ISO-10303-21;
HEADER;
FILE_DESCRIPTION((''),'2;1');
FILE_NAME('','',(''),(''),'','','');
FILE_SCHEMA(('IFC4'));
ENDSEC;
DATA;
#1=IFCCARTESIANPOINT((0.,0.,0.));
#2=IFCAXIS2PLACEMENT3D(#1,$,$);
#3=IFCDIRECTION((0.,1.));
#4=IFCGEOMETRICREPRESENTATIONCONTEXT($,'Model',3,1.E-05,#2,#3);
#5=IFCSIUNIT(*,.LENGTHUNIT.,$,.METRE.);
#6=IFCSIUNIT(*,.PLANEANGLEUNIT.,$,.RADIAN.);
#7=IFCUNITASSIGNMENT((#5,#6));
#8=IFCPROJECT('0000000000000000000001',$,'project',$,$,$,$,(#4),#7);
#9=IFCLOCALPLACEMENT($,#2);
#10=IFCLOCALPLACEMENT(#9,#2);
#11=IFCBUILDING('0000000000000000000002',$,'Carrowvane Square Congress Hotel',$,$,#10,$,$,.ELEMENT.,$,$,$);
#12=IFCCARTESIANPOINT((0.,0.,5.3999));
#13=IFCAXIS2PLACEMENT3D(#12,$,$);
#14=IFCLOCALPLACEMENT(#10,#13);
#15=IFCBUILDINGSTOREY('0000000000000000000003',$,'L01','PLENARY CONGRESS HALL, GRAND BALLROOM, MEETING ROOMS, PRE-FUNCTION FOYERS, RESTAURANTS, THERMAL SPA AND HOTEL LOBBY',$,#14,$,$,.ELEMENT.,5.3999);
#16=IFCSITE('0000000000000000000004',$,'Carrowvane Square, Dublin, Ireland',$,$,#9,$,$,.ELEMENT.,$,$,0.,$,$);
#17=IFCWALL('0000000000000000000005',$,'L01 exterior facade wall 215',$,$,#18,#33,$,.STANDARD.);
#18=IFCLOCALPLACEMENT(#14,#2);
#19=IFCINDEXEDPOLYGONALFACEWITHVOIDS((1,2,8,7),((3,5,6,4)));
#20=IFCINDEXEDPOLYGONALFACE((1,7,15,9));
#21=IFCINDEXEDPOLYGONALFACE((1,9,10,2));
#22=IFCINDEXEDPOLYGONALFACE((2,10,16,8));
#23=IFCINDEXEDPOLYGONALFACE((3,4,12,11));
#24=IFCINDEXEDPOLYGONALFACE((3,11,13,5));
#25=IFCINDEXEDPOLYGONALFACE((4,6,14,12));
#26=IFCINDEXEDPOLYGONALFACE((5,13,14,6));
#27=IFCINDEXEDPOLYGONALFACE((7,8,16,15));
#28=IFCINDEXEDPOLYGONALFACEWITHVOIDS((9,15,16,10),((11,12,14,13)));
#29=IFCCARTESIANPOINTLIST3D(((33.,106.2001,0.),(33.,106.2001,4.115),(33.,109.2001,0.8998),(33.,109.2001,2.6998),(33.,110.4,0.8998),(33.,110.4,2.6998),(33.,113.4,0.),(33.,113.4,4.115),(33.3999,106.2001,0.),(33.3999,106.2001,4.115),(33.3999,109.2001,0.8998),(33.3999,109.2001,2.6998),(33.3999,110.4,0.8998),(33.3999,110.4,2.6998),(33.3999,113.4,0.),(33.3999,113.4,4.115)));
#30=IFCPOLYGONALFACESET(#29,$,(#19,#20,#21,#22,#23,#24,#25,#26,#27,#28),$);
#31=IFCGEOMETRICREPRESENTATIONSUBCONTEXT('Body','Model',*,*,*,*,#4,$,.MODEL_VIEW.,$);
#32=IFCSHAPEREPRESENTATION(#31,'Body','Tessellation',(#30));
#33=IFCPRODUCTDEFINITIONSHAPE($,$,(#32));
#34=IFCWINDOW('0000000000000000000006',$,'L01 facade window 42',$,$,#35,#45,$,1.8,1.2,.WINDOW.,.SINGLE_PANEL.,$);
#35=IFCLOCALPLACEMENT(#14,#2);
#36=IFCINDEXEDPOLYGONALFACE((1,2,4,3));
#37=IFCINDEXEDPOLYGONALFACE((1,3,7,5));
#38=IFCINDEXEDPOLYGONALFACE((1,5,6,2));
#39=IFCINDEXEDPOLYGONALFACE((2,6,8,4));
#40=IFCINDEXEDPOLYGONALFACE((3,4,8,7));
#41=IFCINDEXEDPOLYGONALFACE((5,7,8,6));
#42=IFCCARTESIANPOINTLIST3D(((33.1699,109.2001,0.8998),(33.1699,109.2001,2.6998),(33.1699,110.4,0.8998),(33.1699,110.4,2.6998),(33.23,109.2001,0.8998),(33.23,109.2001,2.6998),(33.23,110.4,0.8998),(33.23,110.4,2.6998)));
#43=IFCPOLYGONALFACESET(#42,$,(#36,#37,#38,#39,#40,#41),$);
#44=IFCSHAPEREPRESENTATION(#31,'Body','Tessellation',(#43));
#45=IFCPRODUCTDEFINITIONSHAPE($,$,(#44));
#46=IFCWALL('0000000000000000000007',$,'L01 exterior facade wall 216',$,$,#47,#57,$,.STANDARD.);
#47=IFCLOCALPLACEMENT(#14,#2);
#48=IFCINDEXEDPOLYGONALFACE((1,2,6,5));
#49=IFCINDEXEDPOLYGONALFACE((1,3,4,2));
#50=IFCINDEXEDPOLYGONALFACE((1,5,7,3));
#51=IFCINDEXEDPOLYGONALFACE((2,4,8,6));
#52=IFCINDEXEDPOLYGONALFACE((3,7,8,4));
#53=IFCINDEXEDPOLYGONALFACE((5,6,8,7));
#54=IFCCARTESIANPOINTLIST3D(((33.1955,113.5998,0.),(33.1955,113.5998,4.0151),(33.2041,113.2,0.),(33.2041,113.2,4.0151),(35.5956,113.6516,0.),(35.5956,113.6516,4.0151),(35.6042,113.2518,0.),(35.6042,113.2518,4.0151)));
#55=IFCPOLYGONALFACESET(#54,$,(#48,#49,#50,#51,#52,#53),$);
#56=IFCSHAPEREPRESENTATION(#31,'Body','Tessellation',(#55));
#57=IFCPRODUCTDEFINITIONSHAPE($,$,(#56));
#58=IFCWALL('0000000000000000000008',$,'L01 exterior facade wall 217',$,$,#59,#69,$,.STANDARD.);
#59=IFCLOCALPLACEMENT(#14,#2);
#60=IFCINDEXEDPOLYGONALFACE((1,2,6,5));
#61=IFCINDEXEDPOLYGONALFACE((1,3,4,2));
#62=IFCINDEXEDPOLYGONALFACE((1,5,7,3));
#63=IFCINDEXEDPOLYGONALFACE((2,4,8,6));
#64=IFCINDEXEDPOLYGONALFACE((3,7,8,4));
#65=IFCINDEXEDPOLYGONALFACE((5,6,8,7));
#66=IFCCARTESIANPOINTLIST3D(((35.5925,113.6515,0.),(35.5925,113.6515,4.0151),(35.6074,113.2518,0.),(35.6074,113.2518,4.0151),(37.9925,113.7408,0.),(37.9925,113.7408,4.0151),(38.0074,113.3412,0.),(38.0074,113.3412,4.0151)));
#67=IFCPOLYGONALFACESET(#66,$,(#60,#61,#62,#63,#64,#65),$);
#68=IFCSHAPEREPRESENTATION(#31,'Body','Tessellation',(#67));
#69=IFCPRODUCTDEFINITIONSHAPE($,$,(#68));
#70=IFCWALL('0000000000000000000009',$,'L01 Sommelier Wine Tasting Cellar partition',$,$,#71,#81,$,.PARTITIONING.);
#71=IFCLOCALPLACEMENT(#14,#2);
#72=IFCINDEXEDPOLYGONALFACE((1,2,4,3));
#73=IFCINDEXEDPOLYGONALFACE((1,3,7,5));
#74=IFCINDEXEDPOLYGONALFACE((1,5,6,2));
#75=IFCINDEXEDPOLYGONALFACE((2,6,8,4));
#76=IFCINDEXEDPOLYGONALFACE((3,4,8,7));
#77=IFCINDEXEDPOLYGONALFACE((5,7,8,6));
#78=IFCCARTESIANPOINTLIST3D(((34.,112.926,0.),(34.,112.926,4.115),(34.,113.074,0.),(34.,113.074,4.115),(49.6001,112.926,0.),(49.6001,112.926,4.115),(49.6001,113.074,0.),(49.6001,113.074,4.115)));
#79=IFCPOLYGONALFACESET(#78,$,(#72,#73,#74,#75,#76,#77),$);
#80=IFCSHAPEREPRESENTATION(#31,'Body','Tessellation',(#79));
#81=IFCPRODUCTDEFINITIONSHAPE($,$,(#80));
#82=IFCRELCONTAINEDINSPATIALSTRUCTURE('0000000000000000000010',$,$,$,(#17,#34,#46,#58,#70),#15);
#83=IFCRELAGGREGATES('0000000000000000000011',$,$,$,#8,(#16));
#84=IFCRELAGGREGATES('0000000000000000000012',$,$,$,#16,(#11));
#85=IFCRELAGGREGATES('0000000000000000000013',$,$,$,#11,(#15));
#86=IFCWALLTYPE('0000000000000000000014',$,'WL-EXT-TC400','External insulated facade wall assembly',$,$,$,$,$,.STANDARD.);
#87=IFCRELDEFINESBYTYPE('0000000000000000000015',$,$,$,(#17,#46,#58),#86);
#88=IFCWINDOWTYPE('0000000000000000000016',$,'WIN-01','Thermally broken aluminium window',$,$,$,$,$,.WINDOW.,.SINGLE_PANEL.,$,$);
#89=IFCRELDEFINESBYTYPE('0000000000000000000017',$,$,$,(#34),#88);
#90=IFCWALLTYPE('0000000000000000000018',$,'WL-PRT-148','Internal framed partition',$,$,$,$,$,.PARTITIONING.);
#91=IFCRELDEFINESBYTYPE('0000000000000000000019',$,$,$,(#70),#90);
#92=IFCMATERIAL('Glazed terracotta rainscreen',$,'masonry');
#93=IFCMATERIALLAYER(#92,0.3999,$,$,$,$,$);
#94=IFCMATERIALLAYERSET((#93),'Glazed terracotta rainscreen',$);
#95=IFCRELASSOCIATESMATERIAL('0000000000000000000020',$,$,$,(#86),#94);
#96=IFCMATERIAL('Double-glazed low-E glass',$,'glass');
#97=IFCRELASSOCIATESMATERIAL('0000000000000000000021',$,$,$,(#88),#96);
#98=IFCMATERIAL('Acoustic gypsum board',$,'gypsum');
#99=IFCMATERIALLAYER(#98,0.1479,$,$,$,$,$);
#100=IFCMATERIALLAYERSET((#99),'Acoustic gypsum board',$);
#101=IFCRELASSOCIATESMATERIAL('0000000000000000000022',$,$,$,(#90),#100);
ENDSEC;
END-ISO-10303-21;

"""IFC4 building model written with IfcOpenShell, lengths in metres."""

from ifc_helpers import new_model, si_unit, direction, frame, frame_2d, origin, place, context, subcontext, project, spatial, rectangle, extrude, material, layer, layer_set, type_object, element, fill, save


model = new_model("IFC4")

# Units and contexts
model_context = context("Model", 3, precision=1e-05, world=origin(), true_north=direction((0.0, 1.0)))
body_context = subcontext(model_context, "Body", "Model", "MODEL_VIEW")
ifc_project = project(units=[si_unit("LENGTHUNIT", "METRE"), si_unit("PLANEANGLEUNIT", "RADIAN")], contexts=[model_context])

# Site, building, storey
site_placement = place(None, origin())
site = spatial("IfcSite", under=ifc_project, at=site_placement, Name="Carrowvane Square, Dublin, Ireland", CompositionType="ELEMENT", RefElevation=0.0)
building_placement = place(site_placement, origin())
building = spatial("IfcBuilding", under=site, at=building_placement, Name="Carrowvane Square Congress Hotel", CompositionType="ELEMENT")
storey_placement = place(building_placement, frame((0.0, 0.0, 5.3999)))
storey = spatial("IfcBuildingStorey", under=building, at=storey_placement, Name="L01", Description="PLENARY CONGRESS HALL, GRAND BALLROOM, MEETING ROOMS, PRE-FUNCTION FOYERS, RESTAURANTS, THERMAL SPA AND HOTEL LOBBY", CompositionType="ELEMENT", Elevation=5.3999)

# Wall, opening, window
ifc_material_1 = material(Name="Glazed terracotta rainscreen", Category="masonry")
ifc_layer_1 = layer(ifc_material_1, 0.3999)
ifc_layer_set_1 = layer_set([ifc_layer_1], Name="Glazed terracotta rainscreen")
wall_type_1 = type_object("IfcWallType", Name="WL-EXT-TC400", Description="External insulated facade wall assembly", PredefinedType="STANDARD", material=ifc_layer_set_1)
wall_1_placement = place(storey_placement, frame((33.2, 106.2, 0.0), z_axis=(0.0, 0.0, 1.0), x_axis=(0.0, 1.0, 0.0)))
wall_1 = element("IfcWall", 1, at=wall_1_placement, inside=storey, type_object=wall_type_1, Name="L01 exterior facade wall 215", PredefinedType="STANDARD", context=body_context, shape_type="SweptSolid", body=[
    extrude(rectangle(XDim=7.2, YDim=0.3999, at=frame_2d((3.6001, 0.0))), origin(), (0.0, 0.0, 1.0), 4.115),
])
opening_placement = place(wall_1_placement, frame((3.0, 0.0, 0.8999)))
opening = element("IfcOpeningElement", 2, at=opening_placement, cuts=wall_1, PredefinedType="OPENING", context=body_context, shape_type="SweptSolid", body=[
    extrude(rectangle(XDim=1.2, YDim=1.8, at=frame_2d((0.6001, 0.8999))), frame((0.0, 0.21, 0.0), z_axis=(0.0, -1.0, 0.0), x_axis=(1.0, 0.0, 0.0)), (0.0, 0.0, 1.0), 0.4199),
])
ifc_material_2 = material(Name="Double-glazed low-E glass", Category="glass")
window_type = type_object("IfcWindowType", Name="WIN-01", Description="Thermally broken aluminium window", PartitioningType="SINGLE_PANEL", PredefinedType="WINDOW", material=ifc_material_2)
window_placement = place(opening_placement, origin())
window = element("IfcWindow", 3, at=window_placement, inside=storey, type_object=window_type, Name="L01 facade window 42", OverallHeight=1.8, OverallWidth=1.2, PartitioningType="SINGLE_PANEL", PredefinedType="WINDOW", context=body_context, shape_type="SweptSolid", body=[
    extrude(rectangle(XDim=1.2, YDim=1.8, at=frame_2d((0.6001, 0.8999))), frame((0.0, 0.03, 0.0), z_axis=(0.0, -1.0, 0.0), x_axis=(1.0, 0.0, 0.0)), (0.0, 0.0, 1.0), 0.0601),
])
fill(opening, window)

# Walls
wall_2_placement = place(storey_placement, frame((33.2, 113.3999, 0.0), z_axis=(0.0, 0.0, 1.0), x_axis=(0.999768, 0.021559, 0.0)))
element("IfcWall", 4, at=wall_2_placement, inside=storey, type_object=wall_type_1, Name="L01 exterior facade wall 216", PredefinedType="STANDARD", context=body_context, shape_type="SweptSolid", body=[
    extrude(rectangle(XDim=2.4006, YDim=0.3999, at=frame_2d((1.2002, 0.0))), origin(), (0.0, 0.0, 1.0), 4.0151),
])
wall_3_placement = place(storey_placement, frame((35.6001, 113.4517, 0.0), z_axis=(0.0, 0.0, 1.0), x_axis=(0.999308, 0.037207, 0.0)))
element("IfcWall", 5, at=wall_3_placement, inside=storey, type_object=wall_type_1, Name="L01 exterior facade wall 217", PredefinedType="STANDARD", context=body_context, shape_type="SweptSolid", body=[
    extrude(rectangle(XDim=2.4016, YDim=0.3999, at=frame_2d((1.2007, 0.0))), origin(), (0.0, 0.0, 1.0), 4.0151),
])
ifc_material_3 = material(Name="Acoustic gypsum board", Category="gypsum")
ifc_layer_2 = layer(ifc_material_3, 0.1479)
ifc_layer_set_2 = layer_set([ifc_layer_2], Name="Acoustic gypsum board")
wall_type_2 = type_object("IfcWallType", Name="WL-PRT-148", Description="Internal framed partition", PredefinedType="PARTITIONING", material=ifc_layer_set_2)
wall_4_placement = place(storey_placement, frame((34.0, 113.0, 0.0), z_axis=(0.0, 0.0, 1.0), x_axis=(1.0, 0.0, 0.0)))
element("IfcWall", 6, at=wall_4_placement, inside=storey, type_object=wall_type_2, Name="L01 Sommelier Wine Tasting Cellar partition", PredefinedType="PARTITIONING", context=body_context, shape_type="SweptSolid", body=[
    extrude(rectangle(XDim=15.6001, YDim=0.1479, at=frame_2d((7.8, 0.0))), origin(), (0.0, 0.0, 1.0), 4.115),
])

save(model, "model.ifc")
